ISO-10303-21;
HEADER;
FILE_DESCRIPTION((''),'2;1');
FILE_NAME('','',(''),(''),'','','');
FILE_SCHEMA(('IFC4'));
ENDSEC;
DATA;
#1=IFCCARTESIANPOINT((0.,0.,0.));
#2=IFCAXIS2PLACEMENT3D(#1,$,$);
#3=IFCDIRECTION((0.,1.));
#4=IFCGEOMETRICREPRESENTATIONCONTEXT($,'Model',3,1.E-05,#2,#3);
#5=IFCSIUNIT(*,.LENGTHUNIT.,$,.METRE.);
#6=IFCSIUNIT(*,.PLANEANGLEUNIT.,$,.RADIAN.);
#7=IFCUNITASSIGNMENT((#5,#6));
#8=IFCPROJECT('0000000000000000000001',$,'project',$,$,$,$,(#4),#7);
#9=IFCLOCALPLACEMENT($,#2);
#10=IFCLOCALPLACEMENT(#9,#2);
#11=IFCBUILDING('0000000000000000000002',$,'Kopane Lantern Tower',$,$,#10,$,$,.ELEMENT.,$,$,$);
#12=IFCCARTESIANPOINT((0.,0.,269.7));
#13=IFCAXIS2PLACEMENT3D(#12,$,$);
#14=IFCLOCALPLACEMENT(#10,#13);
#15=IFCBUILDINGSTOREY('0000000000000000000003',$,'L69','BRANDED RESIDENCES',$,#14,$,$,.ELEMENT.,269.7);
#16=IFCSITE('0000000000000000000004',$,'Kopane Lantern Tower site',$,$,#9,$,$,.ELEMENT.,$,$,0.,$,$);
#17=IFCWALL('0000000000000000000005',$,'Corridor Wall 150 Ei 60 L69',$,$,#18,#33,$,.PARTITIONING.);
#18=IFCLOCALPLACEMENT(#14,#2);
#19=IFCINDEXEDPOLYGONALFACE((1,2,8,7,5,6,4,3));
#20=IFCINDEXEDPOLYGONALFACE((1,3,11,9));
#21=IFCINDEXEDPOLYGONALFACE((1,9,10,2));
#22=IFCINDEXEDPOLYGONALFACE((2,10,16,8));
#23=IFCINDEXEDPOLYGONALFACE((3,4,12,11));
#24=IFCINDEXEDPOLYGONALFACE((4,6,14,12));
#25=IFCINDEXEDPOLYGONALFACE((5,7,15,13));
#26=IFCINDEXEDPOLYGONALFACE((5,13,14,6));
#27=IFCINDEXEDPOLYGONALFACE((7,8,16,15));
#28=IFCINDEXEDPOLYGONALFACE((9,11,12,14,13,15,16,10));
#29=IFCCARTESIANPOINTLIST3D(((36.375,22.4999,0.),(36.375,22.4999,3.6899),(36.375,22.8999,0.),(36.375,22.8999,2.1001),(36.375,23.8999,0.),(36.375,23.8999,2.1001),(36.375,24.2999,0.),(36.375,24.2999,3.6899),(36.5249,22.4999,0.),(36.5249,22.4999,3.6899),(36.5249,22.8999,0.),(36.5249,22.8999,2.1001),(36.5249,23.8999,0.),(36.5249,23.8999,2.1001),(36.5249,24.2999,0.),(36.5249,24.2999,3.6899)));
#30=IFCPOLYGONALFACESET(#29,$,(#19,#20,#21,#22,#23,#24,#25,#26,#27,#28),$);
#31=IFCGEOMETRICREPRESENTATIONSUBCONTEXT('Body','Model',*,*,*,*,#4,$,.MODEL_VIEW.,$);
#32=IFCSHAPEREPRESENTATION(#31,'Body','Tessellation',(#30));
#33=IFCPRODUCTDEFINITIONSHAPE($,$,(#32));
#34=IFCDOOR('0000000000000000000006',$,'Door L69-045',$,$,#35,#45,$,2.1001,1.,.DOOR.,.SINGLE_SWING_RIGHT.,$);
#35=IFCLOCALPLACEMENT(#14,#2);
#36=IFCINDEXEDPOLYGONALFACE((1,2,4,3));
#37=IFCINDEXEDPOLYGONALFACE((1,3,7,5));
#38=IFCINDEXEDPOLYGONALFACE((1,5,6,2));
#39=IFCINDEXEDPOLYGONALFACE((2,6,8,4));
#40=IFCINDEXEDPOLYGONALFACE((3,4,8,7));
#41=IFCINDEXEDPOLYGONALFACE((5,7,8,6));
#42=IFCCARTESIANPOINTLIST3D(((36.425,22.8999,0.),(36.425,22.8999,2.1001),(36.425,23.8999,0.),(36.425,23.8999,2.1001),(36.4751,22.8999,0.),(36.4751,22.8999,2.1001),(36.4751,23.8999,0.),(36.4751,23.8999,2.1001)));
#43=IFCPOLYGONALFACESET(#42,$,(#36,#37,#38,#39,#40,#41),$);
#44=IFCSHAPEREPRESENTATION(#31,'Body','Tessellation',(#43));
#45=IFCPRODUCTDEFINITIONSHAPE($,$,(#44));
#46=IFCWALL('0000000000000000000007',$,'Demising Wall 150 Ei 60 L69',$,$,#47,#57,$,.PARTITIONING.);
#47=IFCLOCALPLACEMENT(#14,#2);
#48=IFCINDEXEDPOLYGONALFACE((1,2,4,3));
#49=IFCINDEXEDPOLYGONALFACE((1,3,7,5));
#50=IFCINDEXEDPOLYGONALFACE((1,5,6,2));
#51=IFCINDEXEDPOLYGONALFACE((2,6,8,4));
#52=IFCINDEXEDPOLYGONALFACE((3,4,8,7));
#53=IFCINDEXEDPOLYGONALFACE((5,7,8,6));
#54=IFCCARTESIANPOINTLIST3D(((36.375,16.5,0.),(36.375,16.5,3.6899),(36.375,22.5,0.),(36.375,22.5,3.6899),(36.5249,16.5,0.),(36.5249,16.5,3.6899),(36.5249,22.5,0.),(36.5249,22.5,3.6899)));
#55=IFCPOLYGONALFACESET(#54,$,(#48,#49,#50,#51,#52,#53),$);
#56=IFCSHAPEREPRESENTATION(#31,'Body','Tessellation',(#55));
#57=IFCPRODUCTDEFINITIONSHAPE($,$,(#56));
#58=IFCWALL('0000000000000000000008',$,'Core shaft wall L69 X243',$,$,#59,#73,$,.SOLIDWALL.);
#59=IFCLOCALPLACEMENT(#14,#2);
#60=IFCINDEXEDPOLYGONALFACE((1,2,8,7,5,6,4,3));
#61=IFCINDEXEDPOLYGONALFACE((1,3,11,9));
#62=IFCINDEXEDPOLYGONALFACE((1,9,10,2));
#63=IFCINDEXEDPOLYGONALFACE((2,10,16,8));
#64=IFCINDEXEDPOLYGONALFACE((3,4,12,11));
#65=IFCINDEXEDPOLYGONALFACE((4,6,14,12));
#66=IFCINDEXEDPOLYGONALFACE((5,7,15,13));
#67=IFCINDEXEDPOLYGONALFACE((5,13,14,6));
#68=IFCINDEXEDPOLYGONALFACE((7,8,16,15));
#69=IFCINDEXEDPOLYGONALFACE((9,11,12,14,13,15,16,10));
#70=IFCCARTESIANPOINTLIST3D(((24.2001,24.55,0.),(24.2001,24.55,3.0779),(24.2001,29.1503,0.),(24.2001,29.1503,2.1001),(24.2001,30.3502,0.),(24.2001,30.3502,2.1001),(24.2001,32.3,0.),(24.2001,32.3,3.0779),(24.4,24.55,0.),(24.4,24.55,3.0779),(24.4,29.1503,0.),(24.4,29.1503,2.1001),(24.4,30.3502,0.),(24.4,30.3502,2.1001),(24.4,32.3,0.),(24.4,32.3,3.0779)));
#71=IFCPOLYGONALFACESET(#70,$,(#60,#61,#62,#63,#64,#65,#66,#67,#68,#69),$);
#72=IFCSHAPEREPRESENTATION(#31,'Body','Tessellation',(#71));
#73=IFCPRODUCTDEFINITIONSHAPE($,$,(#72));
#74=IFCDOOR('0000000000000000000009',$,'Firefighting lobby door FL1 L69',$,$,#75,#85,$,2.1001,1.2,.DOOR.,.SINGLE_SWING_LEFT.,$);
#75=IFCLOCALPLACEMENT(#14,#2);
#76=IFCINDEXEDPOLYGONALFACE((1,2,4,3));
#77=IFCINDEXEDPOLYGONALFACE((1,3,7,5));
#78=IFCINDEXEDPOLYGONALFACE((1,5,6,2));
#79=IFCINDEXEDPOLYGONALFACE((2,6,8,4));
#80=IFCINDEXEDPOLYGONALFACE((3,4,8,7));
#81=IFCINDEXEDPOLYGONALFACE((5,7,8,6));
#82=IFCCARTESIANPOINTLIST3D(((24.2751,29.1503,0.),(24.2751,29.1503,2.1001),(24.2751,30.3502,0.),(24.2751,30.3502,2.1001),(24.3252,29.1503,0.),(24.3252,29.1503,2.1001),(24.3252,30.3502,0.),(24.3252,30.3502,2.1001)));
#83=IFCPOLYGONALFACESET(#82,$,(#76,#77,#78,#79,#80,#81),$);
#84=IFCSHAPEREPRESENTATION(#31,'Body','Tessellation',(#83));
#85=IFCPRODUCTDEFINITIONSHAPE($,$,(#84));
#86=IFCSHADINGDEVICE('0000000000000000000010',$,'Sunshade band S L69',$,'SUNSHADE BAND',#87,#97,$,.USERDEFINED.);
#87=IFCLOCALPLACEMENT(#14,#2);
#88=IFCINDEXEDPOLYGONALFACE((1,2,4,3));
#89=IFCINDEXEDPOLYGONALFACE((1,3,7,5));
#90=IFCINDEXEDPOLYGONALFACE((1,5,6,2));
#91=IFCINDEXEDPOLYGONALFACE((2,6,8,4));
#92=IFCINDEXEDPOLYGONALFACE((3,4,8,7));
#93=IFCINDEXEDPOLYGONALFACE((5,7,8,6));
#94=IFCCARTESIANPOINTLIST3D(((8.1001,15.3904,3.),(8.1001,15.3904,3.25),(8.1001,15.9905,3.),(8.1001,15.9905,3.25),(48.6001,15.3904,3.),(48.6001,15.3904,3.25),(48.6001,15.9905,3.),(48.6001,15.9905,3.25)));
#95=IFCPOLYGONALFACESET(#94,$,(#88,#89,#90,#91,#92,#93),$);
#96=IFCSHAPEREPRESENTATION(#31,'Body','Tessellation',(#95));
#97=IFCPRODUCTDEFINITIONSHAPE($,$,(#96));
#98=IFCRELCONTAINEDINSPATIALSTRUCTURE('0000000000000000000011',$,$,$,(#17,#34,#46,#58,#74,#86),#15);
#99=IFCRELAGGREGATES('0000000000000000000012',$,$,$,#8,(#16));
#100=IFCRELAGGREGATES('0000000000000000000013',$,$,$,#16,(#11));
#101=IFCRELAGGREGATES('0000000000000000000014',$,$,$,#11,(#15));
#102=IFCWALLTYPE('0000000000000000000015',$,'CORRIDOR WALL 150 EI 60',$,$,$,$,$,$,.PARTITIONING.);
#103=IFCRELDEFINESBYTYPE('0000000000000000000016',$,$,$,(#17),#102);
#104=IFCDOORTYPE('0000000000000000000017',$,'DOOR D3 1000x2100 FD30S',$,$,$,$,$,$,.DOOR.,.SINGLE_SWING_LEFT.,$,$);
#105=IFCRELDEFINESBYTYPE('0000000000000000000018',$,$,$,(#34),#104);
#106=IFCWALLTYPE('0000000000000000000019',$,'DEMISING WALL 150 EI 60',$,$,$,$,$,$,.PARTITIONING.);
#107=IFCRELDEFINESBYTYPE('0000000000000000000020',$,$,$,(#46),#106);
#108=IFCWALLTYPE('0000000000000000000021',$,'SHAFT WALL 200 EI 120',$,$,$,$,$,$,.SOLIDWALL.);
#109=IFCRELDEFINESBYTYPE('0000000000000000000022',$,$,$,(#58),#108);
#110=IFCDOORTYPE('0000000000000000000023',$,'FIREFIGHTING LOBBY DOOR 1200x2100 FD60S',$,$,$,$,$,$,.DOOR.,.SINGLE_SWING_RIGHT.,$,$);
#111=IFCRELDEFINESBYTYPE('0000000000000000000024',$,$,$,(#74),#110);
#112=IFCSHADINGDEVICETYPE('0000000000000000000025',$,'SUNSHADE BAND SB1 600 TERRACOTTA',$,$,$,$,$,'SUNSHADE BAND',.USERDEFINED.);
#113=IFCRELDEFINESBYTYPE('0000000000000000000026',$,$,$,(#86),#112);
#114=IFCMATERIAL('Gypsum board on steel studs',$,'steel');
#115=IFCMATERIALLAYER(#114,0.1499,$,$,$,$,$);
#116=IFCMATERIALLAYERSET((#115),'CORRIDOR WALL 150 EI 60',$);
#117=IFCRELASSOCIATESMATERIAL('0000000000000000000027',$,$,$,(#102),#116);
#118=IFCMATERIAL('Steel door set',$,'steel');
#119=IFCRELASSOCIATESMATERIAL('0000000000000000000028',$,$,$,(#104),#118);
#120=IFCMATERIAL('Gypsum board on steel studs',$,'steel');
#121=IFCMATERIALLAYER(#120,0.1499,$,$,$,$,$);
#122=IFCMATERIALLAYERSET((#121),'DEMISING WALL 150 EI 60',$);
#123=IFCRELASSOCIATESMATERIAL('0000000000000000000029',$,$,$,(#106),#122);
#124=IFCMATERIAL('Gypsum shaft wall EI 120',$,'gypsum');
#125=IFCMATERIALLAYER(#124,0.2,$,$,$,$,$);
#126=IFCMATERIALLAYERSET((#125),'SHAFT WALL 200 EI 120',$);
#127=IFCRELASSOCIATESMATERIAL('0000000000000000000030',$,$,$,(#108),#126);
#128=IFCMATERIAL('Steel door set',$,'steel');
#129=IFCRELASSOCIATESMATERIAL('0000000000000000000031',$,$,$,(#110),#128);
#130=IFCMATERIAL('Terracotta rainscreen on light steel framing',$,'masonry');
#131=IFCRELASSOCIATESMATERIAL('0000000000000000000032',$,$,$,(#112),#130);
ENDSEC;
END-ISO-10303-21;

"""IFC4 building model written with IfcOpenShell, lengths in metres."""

from ifc_helpers import new_model, si_unit, direction, frame, frame_2d, origin, origin_2d, place, context, subcontext, project, spatial, rectangle, extrude, material, layer, layer_set, type_object, element, fill, save


model = new_model("IFC4")

# Units and contexts
model_context = context("Model", 3, precision=1e-05, world=origin(), true_north=direction((0.0, 1.0)))
body_context = subcontext(model_context, "Body", "Model", "MODEL_VIEW")
ifc_project = project(units=[si_unit("LENGTHUNIT", "METRE"), si_unit("PLANEANGLEUNIT", "RADIAN")], contexts=[model_context])

# Site, building, storey
site_placement = place(None, origin())
site = spatial("IfcSite", under=ifc_project, at=site_placement, Name="Kopane Lantern Tower site", CompositionType="ELEMENT", RefElevation=0.0)
building_placement = place(site_placement, origin())
building = spatial("IfcBuilding", under=site, at=building_placement, Name="Kopane Lantern Tower", CompositionType="ELEMENT")
storey_placement = place(building_placement, frame((0.0, 0.0, 269.7)))
storey = spatial("IfcBuildingStorey", under=building, at=storey_placement, Name="L69", Description="BRANDED RESIDENCES", CompositionType="ELEMENT", Elevation=269.7)

# Wall, opening, door
ifc_material_1 = material(Name="Gypsum board on steel studs", Category="steel")
ifc_layer_1 = layer(ifc_material_1, 0.1499)
ifc_layer_set_1 = layer_set([ifc_layer_1], Name="CORRIDOR WALL 150 EI 60")
wall_type_1 = type_object("IfcWallType", Name="CORRIDOR WALL 150 EI 60", PredefinedType="PARTITIONING", material=ifc_layer_set_1)
wall_1_placement = place(storey_placement, frame((36.45, 22.5, 0.0), z_axis=(0.0, 0.0, 1.0), x_axis=(0.0, 1.0, 0.0)))
wall_1 = element("IfcWall", 1, at=wall_1_placement, inside=storey, type_object=wall_type_1, Name="Corridor Wall 150 Ei 60 L69", PredefinedType="PARTITIONING", context=body_context, shape_type="SweptSolid", body=[
    extrude(rectangle(XDim=1.8, YDim=0.1499, at=frame_2d((0.8999, 0.0))), origin(), (0.0, 0.0, 1.0), 3.6899),
])
opening_1_placement = place(wall_1_placement, frame((0.3999, 0.0, 0.0)))
opening_1 = element("IfcOpeningElement", 2, at=opening_1_placement, cuts=wall_1, PredefinedType="OPENING", context=body_context, shape_type="SweptSolid", body=[
    extrude(rectangle(XDim=1.0, YDim=2.1001, at=frame_2d((0.5, 1.05))), frame((0.0, 0.085, 0.0), z_axis=(0.0, -1.0, 0.0), x_axis=(1.0, 0.0, 0.0)), (0.0, 0.0, 1.0), 0.1699),
])
ifc_material_2 = material(Name="Steel door set", Category="steel")
door_type_1 = type_object("IfcDoorType", Name="DOOR D3 1000x2100 FD30S", OperationType="SINGLE_SWING_LEFT", PredefinedType="DOOR", material=ifc_material_2)
door_1_placement = place(opening_1_placement, origin())
door_1 = element("IfcDoor", 3, at=door_1_placement, inside=storey, type_object=door_type_1, Name="Door L69-045", OperationType="SINGLE_SWING_RIGHT", OverallHeight=2.1001, OverallWidth=1.0, PredefinedType="DOOR", context=body_context, shape_type="SweptSolid", body=[
    extrude(rectangle(XDim=1.0, YDim=2.1001, at=frame_2d((0.5, 1.05))), frame((0.0, 0.0249, 0.0), z_axis=(0.0, -1.0, 0.0), x_axis=(1.0, 0.0, 0.0)), (0.0, 0.0, 1.0), 0.05),
])
fill(opening_1, door_1)

# Wall
ifc_material_3 = material(Name="Gypsum board on steel studs", Category="steel")
ifc_layer_2 = layer(ifc_material_3, 0.1499)
ifc_layer_set_2 = layer_set([ifc_layer_2], Name="DEMISING WALL 150 EI 60")
wall_type_2 = type_object("IfcWallType", Name="DEMISING WALL 150 EI 60", PredefinedType="PARTITIONING", material=ifc_layer_set_2)
wall_2_placement = place(storey_placement, frame((36.45, 16.5, 0.0), z_axis=(0.0, 0.0, 1.0), x_axis=(0.0, 1.0, 0.0)))
element("IfcWall", 4, at=wall_2_placement, inside=storey, type_object=wall_type_2, Name="Demising Wall 150 Ei 60 L69", PredefinedType="PARTITIONING", context=body_context, shape_type="SweptSolid", body=[
    extrude(rectangle(XDim=6.0, YDim=0.1499, at=frame_2d((3.0, 0.0))), origin(), (0.0, 0.0, 1.0), 3.6899),
])

# Wall, opening, door
ifc_material_4 = material(Name="Gypsum shaft wall EI 120", Category="gypsum")
ifc_layer_3 = layer(ifc_material_4, 0.2)
ifc_layer_set_3 = layer_set([ifc_layer_3], Name="SHAFT WALL 200 EI 120")
wall_type_3 = type_object("IfcWallType", Name="SHAFT WALL 200 EI 120", PredefinedType="SOLIDWALL", material=ifc_layer_set_3)
wall_3_placement = place(storey_placement, frame((24.3, 24.55, 0.0), z_axis=(0.0, 0.0, 1.0), x_axis=(0.0, 1.0, 0.0)))
wall_3 = element("IfcWall", 5, at=wall_3_placement, inside=storey, type_object=wall_type_3, Name="Core shaft wall L69 X243", PredefinedType="SOLIDWALL", context=body_context, shape_type="SweptSolid", body=[
    extrude(rectangle(XDim=7.75, YDim=0.2, at=frame_2d((3.875, 0.0))), origin(), (0.0, 0.0, 1.0), 3.0779),
])
opening_2_placement = place(wall_3_placement, frame((4.6001, 0.0, 0.0)))
opening_2 = element("IfcOpeningElement", 6, at=opening_2_placement, cuts=wall_3, PredefinedType="OPENING", context=body_context, shape_type="SweptSolid", body=[
    extrude(rectangle(XDim=1.2, YDim=2.1001, at=frame_2d((0.6001, 1.05))), frame((0.0, 0.1099, 0.0), z_axis=(0.0, -1.0, 0.0), x_axis=(1.0, 0.0, 0.0)), (0.0, 0.0, 1.0), 0.22),
])
ifc_material_5 = material(Name="Steel door set", Category="steel")
door_type_2 = type_object("IfcDoorType", Name="FIREFIGHTING LOBBY DOOR 1200x2100 FD60S", OperationType="SINGLE_SWING_RIGHT", PredefinedType="DOOR", material=ifc_material_5)
door_2_placement = place(opening_2_placement, origin())
door_2 = element("IfcDoor", 7, at=door_2_placement, inside=storey, type_object=door_type_2, Name="Firefighting lobby door FL1 L69", OperationType="SINGLE_SWING_LEFT", OverallHeight=2.1001, OverallWidth=1.2, PredefinedType="DOOR", context=body_context, shape_type="SweptSolid", body=[
    extrude(rectangle(XDim=1.2, YDim=2.1001, at=frame_2d((0.6001, 1.05))), frame((0.0, 0.0249, 0.0), z_axis=(0.0, -1.0, 0.0), x_axis=(1.0, 0.0, 0.0)), (0.0, 0.0, 1.0), 0.05),
])
fill(opening_2, door_2)

# Shading device
ifc_material_6 = material(Name="Terracotta rainscreen on light steel framing", Category="masonry")
shading_device_type = type_object("IfcShadingDeviceType", Name="SUNSHADE BAND SB1 600 TERRACOTTA", ElementType="SUNSHADE BAND", PredefinedType="USERDEFINED", material=ifc_material_6)
shading_device_placement = place(storey_placement, frame((28.3501, 15.6904, 3.0), z_axis=(0.0, 0.0, 1.0), x_axis=(1.0, 0.0, 0.0)))
element("IfcShadingDevice", 8, at=shading_device_placement, inside=storey, type_object=shading_device_type, Name="Sunshade band S L69", ObjectType="SUNSHADE BAND", PredefinedType="USERDEFINED", context=body_context, shape_type="SweptSolid", body=[
    extrude(rectangle(XDim=40.5, YDim=0.6001, at=origin_2d()), origin(), (0.0, 0.0, 1.0), 0.25),
])

save(model, "model.ifc")
